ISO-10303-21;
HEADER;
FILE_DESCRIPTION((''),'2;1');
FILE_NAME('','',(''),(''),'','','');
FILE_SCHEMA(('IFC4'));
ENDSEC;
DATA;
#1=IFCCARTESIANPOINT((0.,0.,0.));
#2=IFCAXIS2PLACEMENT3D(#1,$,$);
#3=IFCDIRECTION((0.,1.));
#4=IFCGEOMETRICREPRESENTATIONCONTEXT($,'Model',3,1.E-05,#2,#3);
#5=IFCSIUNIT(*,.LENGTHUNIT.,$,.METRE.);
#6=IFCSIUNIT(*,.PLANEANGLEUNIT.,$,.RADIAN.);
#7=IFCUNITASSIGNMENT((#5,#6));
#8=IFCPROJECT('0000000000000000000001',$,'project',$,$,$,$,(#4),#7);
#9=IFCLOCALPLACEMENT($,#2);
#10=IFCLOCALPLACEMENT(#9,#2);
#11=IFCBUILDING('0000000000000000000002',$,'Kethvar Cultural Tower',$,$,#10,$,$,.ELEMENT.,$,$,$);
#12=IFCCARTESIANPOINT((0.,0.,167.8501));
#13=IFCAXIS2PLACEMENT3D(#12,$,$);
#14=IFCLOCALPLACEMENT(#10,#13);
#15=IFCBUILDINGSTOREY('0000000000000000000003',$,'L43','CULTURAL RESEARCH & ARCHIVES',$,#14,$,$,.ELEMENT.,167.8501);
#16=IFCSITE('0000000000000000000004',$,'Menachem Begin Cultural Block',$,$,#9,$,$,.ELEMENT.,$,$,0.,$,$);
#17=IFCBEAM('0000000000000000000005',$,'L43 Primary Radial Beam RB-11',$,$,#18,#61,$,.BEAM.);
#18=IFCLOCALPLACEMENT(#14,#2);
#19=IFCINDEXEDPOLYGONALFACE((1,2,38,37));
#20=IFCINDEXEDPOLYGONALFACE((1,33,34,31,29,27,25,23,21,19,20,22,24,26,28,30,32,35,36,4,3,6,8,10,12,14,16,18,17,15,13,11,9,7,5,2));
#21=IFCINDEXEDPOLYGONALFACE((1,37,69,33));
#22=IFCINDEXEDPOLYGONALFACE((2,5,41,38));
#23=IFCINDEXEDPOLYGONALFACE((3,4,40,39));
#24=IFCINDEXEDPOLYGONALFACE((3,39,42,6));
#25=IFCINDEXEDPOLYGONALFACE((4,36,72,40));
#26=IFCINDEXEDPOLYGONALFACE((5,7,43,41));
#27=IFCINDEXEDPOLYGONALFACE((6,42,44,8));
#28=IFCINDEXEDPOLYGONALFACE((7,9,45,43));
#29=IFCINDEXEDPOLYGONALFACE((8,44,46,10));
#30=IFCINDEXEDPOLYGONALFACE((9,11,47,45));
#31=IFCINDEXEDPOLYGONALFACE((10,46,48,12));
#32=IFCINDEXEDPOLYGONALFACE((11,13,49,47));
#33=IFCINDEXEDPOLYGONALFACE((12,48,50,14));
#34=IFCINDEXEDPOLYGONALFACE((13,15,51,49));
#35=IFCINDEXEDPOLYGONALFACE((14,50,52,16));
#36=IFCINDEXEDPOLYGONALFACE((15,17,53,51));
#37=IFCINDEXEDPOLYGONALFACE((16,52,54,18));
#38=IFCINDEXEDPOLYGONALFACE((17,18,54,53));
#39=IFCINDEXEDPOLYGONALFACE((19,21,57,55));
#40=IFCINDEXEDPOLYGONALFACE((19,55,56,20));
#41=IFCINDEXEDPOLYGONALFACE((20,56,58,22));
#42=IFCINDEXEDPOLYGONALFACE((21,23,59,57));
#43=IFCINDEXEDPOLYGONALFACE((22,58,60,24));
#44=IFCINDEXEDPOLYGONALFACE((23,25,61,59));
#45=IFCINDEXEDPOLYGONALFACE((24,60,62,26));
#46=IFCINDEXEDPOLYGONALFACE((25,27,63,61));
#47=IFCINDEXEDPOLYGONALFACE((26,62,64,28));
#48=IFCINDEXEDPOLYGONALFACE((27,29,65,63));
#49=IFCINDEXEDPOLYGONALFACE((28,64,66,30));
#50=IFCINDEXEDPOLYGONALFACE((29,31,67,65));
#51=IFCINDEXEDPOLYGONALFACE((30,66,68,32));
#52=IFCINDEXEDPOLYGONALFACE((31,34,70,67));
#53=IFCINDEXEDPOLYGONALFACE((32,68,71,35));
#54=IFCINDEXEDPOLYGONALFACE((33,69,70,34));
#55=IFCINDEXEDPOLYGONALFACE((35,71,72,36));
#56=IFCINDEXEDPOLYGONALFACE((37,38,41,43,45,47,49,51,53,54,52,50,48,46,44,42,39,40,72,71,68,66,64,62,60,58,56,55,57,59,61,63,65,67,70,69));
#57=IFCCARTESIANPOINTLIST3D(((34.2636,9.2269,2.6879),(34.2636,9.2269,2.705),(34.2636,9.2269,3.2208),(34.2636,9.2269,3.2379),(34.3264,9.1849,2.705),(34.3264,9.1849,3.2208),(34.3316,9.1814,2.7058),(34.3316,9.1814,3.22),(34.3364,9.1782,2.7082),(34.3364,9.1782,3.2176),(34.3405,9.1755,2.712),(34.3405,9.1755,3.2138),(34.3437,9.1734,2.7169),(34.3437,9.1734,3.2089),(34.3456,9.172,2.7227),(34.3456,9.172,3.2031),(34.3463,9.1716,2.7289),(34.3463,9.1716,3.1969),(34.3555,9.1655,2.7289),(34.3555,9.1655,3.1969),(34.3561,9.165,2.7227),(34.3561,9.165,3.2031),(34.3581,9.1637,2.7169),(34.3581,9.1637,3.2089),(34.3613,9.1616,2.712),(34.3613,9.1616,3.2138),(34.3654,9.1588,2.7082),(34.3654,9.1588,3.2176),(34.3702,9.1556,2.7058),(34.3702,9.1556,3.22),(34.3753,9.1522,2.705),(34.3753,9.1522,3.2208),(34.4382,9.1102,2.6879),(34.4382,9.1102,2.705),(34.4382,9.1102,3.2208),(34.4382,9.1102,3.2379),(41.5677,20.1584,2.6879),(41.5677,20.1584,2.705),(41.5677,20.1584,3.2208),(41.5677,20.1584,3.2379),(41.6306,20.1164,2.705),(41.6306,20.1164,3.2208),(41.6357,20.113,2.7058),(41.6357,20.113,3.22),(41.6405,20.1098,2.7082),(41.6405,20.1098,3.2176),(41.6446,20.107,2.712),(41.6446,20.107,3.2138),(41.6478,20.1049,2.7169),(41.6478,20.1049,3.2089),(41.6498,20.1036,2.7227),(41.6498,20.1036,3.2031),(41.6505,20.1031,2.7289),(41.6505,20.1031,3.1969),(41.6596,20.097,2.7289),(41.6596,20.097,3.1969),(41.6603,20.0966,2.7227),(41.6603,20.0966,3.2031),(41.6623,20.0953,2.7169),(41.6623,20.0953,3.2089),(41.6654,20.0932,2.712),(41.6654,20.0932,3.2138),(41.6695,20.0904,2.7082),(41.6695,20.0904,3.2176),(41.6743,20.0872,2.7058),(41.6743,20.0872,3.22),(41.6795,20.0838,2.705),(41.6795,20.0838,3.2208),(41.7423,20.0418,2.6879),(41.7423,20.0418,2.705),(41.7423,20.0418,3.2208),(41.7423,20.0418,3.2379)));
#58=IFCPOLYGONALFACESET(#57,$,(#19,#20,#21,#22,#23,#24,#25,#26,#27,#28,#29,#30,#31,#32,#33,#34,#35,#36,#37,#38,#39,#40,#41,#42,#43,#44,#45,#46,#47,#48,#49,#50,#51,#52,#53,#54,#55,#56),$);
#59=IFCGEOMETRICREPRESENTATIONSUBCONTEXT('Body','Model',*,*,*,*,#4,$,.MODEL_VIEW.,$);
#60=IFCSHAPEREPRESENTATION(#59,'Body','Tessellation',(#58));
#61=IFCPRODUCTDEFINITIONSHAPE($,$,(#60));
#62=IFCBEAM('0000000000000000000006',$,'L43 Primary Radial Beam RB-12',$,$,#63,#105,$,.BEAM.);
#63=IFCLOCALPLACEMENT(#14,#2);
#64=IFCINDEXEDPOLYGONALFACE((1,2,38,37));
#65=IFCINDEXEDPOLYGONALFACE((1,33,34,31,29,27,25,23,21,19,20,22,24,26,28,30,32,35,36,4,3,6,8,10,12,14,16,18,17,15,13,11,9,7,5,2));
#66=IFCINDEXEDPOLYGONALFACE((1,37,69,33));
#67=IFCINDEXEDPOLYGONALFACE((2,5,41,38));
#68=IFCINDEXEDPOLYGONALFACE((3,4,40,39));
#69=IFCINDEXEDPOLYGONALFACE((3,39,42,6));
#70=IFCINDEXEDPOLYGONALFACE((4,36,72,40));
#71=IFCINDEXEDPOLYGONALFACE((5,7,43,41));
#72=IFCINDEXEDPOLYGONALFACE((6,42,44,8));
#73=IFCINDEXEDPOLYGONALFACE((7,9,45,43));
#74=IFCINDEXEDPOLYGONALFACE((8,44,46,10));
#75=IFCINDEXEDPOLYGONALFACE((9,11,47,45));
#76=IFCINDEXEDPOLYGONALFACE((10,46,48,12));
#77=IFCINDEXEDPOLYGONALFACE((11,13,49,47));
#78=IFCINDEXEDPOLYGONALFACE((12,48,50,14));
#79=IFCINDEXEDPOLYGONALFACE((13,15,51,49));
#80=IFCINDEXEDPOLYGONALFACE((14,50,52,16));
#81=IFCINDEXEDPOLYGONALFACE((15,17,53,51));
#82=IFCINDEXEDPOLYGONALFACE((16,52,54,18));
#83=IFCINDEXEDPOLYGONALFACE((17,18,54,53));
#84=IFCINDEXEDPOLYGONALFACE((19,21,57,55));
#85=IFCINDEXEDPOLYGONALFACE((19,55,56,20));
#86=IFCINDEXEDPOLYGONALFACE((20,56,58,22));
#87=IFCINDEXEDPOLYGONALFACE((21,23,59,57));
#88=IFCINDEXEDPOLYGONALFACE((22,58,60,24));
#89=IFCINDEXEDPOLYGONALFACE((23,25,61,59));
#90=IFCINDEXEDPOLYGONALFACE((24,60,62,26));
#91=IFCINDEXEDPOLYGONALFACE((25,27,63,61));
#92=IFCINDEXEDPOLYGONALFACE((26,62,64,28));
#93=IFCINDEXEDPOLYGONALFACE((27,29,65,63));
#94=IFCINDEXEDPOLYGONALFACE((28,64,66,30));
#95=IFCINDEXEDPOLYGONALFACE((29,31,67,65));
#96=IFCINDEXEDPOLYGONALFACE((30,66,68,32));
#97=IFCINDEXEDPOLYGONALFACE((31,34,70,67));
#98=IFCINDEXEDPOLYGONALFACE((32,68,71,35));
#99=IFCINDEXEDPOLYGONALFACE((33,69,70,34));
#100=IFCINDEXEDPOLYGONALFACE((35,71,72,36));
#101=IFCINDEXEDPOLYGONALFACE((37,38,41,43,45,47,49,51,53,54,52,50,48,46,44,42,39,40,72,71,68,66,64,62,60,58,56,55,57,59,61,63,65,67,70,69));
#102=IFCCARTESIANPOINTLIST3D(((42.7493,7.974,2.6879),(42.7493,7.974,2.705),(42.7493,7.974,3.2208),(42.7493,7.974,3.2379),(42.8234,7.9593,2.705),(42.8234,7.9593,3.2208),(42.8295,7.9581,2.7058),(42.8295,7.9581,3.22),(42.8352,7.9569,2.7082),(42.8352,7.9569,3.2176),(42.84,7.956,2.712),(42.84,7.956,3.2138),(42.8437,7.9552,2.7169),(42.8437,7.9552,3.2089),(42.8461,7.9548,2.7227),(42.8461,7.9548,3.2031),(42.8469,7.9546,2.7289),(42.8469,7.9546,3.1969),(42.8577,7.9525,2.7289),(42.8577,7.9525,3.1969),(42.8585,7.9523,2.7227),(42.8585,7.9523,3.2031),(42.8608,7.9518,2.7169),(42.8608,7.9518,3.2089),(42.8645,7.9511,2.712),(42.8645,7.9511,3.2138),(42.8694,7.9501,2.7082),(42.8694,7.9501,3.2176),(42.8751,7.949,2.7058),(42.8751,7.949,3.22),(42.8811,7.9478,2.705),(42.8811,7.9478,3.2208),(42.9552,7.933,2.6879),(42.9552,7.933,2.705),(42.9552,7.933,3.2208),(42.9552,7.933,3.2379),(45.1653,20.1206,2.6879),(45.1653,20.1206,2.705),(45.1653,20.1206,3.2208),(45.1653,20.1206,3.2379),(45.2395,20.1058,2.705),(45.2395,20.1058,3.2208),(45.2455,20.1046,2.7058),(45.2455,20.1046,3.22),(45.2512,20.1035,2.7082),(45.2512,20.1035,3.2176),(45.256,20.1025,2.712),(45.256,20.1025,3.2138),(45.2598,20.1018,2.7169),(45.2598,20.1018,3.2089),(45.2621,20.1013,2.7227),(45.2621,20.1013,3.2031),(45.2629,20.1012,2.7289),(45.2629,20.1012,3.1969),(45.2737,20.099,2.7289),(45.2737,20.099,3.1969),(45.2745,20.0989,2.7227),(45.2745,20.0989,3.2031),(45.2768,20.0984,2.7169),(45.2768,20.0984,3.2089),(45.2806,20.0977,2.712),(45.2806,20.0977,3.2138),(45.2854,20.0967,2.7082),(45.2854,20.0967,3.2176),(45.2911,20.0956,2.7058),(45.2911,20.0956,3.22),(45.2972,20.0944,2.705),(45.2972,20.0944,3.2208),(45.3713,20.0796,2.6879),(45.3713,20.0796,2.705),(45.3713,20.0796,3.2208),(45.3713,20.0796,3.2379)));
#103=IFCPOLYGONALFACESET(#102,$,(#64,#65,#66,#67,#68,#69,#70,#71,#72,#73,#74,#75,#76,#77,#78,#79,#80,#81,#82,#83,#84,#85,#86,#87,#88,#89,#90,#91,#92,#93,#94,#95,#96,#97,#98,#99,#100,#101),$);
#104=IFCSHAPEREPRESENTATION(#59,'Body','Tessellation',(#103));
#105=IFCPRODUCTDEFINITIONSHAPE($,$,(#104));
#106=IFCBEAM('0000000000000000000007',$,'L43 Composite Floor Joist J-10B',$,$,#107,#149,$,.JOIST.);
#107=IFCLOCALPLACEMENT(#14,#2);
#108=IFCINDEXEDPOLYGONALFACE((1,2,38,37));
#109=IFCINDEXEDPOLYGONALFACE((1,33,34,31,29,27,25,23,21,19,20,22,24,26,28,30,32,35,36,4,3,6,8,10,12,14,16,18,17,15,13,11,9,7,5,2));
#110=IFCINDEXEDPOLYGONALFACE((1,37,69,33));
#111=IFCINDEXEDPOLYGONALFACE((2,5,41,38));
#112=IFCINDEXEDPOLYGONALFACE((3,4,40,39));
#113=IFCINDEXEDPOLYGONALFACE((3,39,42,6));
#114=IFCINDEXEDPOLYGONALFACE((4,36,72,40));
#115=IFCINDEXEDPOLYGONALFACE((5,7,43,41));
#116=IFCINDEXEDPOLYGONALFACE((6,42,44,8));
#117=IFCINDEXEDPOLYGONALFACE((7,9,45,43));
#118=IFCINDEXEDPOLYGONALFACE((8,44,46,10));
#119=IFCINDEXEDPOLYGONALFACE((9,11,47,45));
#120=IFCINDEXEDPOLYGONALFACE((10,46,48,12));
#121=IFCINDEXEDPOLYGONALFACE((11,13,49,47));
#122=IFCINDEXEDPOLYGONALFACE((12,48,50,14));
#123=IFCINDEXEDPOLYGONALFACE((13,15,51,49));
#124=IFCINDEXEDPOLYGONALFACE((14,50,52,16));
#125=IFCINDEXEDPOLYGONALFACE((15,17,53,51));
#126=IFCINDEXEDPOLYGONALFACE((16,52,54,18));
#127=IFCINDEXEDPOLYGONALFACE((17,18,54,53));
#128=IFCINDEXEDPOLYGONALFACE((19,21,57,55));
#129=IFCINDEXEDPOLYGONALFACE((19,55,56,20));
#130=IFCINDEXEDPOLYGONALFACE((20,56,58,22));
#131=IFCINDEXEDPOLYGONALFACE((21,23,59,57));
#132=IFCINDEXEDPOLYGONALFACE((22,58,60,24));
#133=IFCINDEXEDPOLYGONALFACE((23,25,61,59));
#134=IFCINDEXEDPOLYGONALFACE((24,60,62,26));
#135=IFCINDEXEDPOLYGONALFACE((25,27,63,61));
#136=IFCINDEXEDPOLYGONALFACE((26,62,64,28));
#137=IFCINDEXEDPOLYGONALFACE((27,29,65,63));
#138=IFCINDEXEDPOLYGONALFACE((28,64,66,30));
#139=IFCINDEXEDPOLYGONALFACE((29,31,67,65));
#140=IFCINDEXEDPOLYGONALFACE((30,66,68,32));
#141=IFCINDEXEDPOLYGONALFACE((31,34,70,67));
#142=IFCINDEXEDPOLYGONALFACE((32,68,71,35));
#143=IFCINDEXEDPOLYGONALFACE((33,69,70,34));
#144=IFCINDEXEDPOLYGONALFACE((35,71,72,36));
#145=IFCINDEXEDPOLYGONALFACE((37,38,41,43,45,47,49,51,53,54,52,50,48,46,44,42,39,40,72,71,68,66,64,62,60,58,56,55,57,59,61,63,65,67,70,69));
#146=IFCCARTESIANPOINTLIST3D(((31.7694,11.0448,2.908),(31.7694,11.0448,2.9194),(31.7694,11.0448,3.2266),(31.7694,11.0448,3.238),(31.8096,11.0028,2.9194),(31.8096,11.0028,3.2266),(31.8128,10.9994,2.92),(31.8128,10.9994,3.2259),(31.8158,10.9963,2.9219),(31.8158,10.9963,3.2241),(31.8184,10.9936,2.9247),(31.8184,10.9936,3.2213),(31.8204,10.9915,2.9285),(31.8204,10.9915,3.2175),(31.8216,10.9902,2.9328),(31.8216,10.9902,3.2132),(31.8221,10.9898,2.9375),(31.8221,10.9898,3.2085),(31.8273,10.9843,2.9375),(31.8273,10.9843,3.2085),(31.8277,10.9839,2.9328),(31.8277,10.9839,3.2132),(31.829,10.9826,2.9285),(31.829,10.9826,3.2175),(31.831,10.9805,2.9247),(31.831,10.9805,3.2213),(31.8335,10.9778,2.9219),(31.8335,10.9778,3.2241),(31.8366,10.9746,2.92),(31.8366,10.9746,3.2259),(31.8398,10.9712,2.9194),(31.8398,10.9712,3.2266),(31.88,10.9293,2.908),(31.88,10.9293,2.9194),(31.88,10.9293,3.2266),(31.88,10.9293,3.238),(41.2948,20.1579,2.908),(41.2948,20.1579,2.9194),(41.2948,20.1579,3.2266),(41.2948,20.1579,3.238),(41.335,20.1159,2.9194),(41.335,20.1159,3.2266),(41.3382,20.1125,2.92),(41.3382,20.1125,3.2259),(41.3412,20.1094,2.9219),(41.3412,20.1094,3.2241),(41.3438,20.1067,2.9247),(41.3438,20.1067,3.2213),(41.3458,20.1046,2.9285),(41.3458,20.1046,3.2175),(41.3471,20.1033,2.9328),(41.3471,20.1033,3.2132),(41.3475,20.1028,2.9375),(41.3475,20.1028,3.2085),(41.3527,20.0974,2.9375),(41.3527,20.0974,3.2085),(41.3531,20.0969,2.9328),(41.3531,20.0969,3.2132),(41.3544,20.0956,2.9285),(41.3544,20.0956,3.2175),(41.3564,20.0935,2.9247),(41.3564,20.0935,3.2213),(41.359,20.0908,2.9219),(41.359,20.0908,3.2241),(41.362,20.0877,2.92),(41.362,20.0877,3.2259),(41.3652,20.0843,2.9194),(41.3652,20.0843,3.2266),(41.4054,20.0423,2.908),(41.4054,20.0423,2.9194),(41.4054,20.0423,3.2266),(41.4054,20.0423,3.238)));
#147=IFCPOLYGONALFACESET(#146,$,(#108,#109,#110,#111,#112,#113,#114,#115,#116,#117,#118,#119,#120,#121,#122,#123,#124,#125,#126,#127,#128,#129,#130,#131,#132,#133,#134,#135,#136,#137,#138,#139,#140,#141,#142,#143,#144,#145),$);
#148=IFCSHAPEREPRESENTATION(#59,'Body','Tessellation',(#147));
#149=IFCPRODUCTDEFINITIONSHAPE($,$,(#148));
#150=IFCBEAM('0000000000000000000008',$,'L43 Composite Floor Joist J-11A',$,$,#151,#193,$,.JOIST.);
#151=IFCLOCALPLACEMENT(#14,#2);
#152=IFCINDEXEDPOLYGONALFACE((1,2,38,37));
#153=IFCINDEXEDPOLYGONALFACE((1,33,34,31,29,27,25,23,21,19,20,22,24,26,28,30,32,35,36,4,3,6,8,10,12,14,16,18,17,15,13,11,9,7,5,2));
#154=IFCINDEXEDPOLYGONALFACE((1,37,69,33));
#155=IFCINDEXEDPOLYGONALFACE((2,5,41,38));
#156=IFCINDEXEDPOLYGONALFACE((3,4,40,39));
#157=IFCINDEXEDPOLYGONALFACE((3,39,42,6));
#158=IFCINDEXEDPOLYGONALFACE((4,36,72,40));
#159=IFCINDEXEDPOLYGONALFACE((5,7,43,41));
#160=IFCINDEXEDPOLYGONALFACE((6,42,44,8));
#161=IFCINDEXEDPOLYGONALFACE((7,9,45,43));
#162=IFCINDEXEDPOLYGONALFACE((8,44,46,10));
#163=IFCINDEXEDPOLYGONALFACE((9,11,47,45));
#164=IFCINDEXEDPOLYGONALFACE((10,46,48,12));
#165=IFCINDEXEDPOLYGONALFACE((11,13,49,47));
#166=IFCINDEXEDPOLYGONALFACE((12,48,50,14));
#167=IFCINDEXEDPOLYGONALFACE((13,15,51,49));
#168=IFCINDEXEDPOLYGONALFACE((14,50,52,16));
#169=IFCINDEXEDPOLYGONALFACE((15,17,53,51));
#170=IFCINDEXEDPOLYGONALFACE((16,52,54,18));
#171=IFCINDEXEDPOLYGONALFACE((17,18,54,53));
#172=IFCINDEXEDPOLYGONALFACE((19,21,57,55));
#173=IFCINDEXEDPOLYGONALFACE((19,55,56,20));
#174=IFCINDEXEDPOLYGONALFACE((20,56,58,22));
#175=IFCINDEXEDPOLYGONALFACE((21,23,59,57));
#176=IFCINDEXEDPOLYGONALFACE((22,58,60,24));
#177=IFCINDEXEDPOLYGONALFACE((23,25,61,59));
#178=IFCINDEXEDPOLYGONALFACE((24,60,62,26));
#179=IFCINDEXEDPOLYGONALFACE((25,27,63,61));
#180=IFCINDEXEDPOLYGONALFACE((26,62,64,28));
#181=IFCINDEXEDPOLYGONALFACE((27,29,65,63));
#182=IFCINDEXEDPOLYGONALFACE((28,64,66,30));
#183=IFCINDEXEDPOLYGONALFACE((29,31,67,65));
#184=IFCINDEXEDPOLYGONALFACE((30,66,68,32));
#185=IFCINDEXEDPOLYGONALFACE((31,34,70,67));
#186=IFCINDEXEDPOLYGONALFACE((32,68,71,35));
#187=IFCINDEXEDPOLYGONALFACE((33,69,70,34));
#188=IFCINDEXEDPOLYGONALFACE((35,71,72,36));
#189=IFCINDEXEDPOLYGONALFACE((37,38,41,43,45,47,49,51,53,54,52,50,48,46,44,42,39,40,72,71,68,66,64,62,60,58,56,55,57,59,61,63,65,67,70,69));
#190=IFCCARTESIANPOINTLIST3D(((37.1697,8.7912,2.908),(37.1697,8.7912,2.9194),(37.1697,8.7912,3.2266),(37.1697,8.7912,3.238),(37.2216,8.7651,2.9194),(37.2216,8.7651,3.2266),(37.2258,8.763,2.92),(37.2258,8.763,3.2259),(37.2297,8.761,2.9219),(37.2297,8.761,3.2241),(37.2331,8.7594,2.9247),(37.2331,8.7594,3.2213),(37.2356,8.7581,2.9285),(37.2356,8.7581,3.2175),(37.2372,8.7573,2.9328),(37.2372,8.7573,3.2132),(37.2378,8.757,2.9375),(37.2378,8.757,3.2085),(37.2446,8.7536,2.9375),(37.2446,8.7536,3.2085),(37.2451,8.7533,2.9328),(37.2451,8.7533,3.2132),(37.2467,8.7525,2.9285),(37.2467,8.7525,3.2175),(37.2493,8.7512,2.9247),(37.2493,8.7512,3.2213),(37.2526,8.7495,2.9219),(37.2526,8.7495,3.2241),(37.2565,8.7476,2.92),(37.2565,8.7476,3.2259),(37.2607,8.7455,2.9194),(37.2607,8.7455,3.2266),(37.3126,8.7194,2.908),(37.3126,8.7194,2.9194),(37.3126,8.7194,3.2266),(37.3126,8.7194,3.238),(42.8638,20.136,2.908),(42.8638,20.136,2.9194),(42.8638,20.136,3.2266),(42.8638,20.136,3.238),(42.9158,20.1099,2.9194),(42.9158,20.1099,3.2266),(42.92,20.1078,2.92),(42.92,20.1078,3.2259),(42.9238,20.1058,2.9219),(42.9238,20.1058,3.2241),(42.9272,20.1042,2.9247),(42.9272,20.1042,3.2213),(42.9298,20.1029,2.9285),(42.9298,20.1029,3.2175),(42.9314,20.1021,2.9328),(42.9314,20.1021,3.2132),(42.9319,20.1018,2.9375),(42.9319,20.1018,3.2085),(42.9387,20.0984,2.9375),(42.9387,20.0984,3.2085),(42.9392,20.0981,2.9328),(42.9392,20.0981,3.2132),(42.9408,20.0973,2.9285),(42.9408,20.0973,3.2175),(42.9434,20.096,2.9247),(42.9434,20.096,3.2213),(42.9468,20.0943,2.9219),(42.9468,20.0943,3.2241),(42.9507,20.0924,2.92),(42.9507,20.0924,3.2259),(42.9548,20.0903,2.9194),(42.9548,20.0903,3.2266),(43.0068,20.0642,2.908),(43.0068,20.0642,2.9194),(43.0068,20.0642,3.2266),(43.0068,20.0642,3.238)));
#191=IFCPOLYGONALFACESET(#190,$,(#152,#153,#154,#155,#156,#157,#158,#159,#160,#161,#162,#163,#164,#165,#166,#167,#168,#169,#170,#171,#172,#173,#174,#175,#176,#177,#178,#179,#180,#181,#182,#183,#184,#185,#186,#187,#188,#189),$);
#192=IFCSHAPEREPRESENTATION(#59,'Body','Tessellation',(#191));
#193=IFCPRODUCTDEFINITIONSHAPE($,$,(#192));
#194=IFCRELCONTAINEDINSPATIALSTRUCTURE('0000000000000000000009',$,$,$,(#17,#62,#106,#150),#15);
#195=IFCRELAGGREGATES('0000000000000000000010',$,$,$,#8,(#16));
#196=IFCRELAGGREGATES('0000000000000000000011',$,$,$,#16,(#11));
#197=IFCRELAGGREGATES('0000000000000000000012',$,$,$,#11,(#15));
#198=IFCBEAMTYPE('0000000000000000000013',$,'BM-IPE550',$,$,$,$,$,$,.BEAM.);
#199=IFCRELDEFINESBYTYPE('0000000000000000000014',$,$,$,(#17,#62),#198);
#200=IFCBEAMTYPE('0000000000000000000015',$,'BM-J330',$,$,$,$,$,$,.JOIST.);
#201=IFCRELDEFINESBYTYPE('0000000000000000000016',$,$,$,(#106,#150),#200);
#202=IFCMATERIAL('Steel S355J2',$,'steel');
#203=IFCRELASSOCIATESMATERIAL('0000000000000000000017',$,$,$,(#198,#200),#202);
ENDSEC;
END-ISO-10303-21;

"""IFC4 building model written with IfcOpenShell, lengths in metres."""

from ifc_helpers import new_model, si_unit, direction, frame, origin, origin_2d, place, context, subcontext, project, spatial, i_section, extrude, source, transform, mapped, material, material_profile, profile_set, type_object, element, save


model = new_model("IFC4")

# Units and contexts
model_context = context("Model", 3, precision=1e-05, world=origin(), true_north=direction((0.0, 1.0)))
body_context = subcontext(model_context, "Body", "Model", "MODEL_VIEW")
ifc_project = project(units=[si_unit("LENGTHUNIT", "METRE"), si_unit("PLANEANGLEUNIT", "RADIAN")], contexts=[model_context])

# Site, building, storey
site_placement = place(None, origin())
site = spatial("IfcSite", under=ifc_project, at=site_placement, Name="Menachem Begin Cultural Block", CompositionType="ELEMENT", RefElevation=0.0)
building_placement = place(site_placement, origin())
building = spatial("IfcBuilding", under=site, at=building_placement, Name="Kethvar Cultural Tower", CompositionType="ELEMENT")
storey_placement = place(building_placement, frame((0.0, 0.0, 167.8501)))
storey = spatial("IfcBuildingStorey", under=building, at=storey_placement, Name="L43", Description="CULTURAL RESEARCH & ARCHIVES", CompositionType="ELEMENT", Elevation=167.8501)

# Beams
ifc_material_1 = material(Name="Steel S355J2", Category="steel")
ifc_material_profile_1 = material_profile(ifc_material_1, i_section(OverallWidth=0.21, OverallDepth=0.55, WebThickness=0.011, FlangeThickness=0.0171, FilletRadius=0.0239, at=origin_2d()), Name="Steel S355J2 — IPE550")
ifc_profile_set_1 = profile_set([ifc_material_profile_1], Name="Steel S355J2 — IPE550")
beam_type_1 = type_object("IfcBeamType", Name="BM-IPE550", PredefinedType="BEAM", material=ifc_profile_set_1)
shared_shape_1 = source(origin(), body_context, "Body", "SweptSolid", [
    extrude(i_section(OverallWidth=0.21, OverallDepth=0.55, WebThickness=0.011, FlangeThickness=0.0171, FilletRadius=0.0239, at=origin_2d()), origin(), (0.0, 0.0, 1.0), 13.1472),
])
beam_1_placement = place(storey_placement, frame((41.655, 20.1001, 2.9629), z_axis=(-0.555566, -0.831473, 0.0), x_axis=(0.831473, -0.555566, 0.0)))
element("IfcBeam", 1, at=beam_1_placement, inside=storey, type_object=beam_type_1, Name="L43 Primary Radial Beam RB-11", PredefinedType="BEAM", context=body_context, shape_type="MappedRepresentation", body=[
    mapped(shared_shape_1, transform((0.0, 0.0, 0.0), scale=1.0)),
])
shared_shape_2 = source(origin(), body_context, "Body", "SweptSolid", [
    extrude(i_section(OverallWidth=0.21, OverallDepth=0.55, WebThickness=0.011, FlangeThickness=0.0171, FilletRadius=0.0239, at=origin_2d()), origin(), (0.0, 0.0, 1.0), 12.3845),
])
beam_2_placement = place(storey_placement, frame((45.2683, 20.1001, 2.9629), z_axis=(-0.195085, -0.980786, 0.0), x_axis=(0.980786, -0.195085, 0.0)))
element("IfcBeam", 2, at=beam_2_placement, inside=storey, type_object=beam_type_1, Name="L43 Primary Radial Beam RB-12", PredefinedType="BEAM", context=body_context, shape_type="MappedRepresentation", body=[
    mapped(shared_shape_2, transform((0.0, 0.0, 0.0), scale=1.0)),
])
ifc_material_profile_2 = material_profile(ifc_material_1, i_section(OverallWidth=0.1599, OverallDepth=0.3301, WebThickness=0.0076, FlangeThickness=0.0115, FilletRadius=0.0181, at=origin_2d()), Name="Steel S355J2 — IPE330")
ifc_profile_set_2 = profile_set([ifc_material_profile_2], Name="Steel S355J2 — IPE330")
beam_type_2 = type_object("IfcBeamType", Name="BM-J330", PredefinedType="JOIST", material=ifc_profile_set_2)
shared_shape_3 = source(origin(), body_context, "Body", "SweptSolid", [
    extrude(i_section(OverallWidth=0.1599, OverallDepth=0.3301, WebThickness=0.0076, FlangeThickness=0.0115, FilletRadius=0.0181, at=origin_2d()), origin(), (0.0, 0.0, 1.0), 13.1826),
])
beam_3_placement = place(storey_placement, frame((41.3501, 20.1001, 3.073), z_axis=(-0.722574, -0.691294, 0.0), x_axis=(0.691294, -0.722574, 0.0)))
element("IfcBeam", 3, at=beam_3_placement, inside=storey, type_object=beam_type_2, Name="L43 Composite Floor Joist J-10B", PredefinedType="JOIST", context=body_context, shape_type="MappedRepresentation", body=[
    mapped(shared_shape_3, transform((0.0, 0.0, 0.0), scale=1.0)),
])
shared_shape_4 = source(origin(), body_context, "Body", "SweptSolid", [
    extrude(i_section(OverallWidth=0.1599, OverallDepth=0.3301, WebThickness=0.0076, FlangeThickness=0.0115, FilletRadius=0.0181, at=origin_2d()), origin(), (0.0, 0.0, 1.0), 12.6936),
])
beam_4_placement = place(storey_placement, frame((42.9353, 20.1001, 3.073), z_axis=(-0.448582, -0.893741, 0.0), x_axis=(0.893741, -0.448582, 0.0)))
element("IfcBeam", 4, at=beam_4_placement, inside=storey, type_object=beam_type_2, Name="L43 Composite Floor Joist J-11A", PredefinedType="JOIST", context=body_context, shape_type="MappedRepresentation", body=[
    mapped(shared_shape_4, transform((0.0, 0.0, 0.0), scale=1.0)),
])

save(model, "model.ifc")
